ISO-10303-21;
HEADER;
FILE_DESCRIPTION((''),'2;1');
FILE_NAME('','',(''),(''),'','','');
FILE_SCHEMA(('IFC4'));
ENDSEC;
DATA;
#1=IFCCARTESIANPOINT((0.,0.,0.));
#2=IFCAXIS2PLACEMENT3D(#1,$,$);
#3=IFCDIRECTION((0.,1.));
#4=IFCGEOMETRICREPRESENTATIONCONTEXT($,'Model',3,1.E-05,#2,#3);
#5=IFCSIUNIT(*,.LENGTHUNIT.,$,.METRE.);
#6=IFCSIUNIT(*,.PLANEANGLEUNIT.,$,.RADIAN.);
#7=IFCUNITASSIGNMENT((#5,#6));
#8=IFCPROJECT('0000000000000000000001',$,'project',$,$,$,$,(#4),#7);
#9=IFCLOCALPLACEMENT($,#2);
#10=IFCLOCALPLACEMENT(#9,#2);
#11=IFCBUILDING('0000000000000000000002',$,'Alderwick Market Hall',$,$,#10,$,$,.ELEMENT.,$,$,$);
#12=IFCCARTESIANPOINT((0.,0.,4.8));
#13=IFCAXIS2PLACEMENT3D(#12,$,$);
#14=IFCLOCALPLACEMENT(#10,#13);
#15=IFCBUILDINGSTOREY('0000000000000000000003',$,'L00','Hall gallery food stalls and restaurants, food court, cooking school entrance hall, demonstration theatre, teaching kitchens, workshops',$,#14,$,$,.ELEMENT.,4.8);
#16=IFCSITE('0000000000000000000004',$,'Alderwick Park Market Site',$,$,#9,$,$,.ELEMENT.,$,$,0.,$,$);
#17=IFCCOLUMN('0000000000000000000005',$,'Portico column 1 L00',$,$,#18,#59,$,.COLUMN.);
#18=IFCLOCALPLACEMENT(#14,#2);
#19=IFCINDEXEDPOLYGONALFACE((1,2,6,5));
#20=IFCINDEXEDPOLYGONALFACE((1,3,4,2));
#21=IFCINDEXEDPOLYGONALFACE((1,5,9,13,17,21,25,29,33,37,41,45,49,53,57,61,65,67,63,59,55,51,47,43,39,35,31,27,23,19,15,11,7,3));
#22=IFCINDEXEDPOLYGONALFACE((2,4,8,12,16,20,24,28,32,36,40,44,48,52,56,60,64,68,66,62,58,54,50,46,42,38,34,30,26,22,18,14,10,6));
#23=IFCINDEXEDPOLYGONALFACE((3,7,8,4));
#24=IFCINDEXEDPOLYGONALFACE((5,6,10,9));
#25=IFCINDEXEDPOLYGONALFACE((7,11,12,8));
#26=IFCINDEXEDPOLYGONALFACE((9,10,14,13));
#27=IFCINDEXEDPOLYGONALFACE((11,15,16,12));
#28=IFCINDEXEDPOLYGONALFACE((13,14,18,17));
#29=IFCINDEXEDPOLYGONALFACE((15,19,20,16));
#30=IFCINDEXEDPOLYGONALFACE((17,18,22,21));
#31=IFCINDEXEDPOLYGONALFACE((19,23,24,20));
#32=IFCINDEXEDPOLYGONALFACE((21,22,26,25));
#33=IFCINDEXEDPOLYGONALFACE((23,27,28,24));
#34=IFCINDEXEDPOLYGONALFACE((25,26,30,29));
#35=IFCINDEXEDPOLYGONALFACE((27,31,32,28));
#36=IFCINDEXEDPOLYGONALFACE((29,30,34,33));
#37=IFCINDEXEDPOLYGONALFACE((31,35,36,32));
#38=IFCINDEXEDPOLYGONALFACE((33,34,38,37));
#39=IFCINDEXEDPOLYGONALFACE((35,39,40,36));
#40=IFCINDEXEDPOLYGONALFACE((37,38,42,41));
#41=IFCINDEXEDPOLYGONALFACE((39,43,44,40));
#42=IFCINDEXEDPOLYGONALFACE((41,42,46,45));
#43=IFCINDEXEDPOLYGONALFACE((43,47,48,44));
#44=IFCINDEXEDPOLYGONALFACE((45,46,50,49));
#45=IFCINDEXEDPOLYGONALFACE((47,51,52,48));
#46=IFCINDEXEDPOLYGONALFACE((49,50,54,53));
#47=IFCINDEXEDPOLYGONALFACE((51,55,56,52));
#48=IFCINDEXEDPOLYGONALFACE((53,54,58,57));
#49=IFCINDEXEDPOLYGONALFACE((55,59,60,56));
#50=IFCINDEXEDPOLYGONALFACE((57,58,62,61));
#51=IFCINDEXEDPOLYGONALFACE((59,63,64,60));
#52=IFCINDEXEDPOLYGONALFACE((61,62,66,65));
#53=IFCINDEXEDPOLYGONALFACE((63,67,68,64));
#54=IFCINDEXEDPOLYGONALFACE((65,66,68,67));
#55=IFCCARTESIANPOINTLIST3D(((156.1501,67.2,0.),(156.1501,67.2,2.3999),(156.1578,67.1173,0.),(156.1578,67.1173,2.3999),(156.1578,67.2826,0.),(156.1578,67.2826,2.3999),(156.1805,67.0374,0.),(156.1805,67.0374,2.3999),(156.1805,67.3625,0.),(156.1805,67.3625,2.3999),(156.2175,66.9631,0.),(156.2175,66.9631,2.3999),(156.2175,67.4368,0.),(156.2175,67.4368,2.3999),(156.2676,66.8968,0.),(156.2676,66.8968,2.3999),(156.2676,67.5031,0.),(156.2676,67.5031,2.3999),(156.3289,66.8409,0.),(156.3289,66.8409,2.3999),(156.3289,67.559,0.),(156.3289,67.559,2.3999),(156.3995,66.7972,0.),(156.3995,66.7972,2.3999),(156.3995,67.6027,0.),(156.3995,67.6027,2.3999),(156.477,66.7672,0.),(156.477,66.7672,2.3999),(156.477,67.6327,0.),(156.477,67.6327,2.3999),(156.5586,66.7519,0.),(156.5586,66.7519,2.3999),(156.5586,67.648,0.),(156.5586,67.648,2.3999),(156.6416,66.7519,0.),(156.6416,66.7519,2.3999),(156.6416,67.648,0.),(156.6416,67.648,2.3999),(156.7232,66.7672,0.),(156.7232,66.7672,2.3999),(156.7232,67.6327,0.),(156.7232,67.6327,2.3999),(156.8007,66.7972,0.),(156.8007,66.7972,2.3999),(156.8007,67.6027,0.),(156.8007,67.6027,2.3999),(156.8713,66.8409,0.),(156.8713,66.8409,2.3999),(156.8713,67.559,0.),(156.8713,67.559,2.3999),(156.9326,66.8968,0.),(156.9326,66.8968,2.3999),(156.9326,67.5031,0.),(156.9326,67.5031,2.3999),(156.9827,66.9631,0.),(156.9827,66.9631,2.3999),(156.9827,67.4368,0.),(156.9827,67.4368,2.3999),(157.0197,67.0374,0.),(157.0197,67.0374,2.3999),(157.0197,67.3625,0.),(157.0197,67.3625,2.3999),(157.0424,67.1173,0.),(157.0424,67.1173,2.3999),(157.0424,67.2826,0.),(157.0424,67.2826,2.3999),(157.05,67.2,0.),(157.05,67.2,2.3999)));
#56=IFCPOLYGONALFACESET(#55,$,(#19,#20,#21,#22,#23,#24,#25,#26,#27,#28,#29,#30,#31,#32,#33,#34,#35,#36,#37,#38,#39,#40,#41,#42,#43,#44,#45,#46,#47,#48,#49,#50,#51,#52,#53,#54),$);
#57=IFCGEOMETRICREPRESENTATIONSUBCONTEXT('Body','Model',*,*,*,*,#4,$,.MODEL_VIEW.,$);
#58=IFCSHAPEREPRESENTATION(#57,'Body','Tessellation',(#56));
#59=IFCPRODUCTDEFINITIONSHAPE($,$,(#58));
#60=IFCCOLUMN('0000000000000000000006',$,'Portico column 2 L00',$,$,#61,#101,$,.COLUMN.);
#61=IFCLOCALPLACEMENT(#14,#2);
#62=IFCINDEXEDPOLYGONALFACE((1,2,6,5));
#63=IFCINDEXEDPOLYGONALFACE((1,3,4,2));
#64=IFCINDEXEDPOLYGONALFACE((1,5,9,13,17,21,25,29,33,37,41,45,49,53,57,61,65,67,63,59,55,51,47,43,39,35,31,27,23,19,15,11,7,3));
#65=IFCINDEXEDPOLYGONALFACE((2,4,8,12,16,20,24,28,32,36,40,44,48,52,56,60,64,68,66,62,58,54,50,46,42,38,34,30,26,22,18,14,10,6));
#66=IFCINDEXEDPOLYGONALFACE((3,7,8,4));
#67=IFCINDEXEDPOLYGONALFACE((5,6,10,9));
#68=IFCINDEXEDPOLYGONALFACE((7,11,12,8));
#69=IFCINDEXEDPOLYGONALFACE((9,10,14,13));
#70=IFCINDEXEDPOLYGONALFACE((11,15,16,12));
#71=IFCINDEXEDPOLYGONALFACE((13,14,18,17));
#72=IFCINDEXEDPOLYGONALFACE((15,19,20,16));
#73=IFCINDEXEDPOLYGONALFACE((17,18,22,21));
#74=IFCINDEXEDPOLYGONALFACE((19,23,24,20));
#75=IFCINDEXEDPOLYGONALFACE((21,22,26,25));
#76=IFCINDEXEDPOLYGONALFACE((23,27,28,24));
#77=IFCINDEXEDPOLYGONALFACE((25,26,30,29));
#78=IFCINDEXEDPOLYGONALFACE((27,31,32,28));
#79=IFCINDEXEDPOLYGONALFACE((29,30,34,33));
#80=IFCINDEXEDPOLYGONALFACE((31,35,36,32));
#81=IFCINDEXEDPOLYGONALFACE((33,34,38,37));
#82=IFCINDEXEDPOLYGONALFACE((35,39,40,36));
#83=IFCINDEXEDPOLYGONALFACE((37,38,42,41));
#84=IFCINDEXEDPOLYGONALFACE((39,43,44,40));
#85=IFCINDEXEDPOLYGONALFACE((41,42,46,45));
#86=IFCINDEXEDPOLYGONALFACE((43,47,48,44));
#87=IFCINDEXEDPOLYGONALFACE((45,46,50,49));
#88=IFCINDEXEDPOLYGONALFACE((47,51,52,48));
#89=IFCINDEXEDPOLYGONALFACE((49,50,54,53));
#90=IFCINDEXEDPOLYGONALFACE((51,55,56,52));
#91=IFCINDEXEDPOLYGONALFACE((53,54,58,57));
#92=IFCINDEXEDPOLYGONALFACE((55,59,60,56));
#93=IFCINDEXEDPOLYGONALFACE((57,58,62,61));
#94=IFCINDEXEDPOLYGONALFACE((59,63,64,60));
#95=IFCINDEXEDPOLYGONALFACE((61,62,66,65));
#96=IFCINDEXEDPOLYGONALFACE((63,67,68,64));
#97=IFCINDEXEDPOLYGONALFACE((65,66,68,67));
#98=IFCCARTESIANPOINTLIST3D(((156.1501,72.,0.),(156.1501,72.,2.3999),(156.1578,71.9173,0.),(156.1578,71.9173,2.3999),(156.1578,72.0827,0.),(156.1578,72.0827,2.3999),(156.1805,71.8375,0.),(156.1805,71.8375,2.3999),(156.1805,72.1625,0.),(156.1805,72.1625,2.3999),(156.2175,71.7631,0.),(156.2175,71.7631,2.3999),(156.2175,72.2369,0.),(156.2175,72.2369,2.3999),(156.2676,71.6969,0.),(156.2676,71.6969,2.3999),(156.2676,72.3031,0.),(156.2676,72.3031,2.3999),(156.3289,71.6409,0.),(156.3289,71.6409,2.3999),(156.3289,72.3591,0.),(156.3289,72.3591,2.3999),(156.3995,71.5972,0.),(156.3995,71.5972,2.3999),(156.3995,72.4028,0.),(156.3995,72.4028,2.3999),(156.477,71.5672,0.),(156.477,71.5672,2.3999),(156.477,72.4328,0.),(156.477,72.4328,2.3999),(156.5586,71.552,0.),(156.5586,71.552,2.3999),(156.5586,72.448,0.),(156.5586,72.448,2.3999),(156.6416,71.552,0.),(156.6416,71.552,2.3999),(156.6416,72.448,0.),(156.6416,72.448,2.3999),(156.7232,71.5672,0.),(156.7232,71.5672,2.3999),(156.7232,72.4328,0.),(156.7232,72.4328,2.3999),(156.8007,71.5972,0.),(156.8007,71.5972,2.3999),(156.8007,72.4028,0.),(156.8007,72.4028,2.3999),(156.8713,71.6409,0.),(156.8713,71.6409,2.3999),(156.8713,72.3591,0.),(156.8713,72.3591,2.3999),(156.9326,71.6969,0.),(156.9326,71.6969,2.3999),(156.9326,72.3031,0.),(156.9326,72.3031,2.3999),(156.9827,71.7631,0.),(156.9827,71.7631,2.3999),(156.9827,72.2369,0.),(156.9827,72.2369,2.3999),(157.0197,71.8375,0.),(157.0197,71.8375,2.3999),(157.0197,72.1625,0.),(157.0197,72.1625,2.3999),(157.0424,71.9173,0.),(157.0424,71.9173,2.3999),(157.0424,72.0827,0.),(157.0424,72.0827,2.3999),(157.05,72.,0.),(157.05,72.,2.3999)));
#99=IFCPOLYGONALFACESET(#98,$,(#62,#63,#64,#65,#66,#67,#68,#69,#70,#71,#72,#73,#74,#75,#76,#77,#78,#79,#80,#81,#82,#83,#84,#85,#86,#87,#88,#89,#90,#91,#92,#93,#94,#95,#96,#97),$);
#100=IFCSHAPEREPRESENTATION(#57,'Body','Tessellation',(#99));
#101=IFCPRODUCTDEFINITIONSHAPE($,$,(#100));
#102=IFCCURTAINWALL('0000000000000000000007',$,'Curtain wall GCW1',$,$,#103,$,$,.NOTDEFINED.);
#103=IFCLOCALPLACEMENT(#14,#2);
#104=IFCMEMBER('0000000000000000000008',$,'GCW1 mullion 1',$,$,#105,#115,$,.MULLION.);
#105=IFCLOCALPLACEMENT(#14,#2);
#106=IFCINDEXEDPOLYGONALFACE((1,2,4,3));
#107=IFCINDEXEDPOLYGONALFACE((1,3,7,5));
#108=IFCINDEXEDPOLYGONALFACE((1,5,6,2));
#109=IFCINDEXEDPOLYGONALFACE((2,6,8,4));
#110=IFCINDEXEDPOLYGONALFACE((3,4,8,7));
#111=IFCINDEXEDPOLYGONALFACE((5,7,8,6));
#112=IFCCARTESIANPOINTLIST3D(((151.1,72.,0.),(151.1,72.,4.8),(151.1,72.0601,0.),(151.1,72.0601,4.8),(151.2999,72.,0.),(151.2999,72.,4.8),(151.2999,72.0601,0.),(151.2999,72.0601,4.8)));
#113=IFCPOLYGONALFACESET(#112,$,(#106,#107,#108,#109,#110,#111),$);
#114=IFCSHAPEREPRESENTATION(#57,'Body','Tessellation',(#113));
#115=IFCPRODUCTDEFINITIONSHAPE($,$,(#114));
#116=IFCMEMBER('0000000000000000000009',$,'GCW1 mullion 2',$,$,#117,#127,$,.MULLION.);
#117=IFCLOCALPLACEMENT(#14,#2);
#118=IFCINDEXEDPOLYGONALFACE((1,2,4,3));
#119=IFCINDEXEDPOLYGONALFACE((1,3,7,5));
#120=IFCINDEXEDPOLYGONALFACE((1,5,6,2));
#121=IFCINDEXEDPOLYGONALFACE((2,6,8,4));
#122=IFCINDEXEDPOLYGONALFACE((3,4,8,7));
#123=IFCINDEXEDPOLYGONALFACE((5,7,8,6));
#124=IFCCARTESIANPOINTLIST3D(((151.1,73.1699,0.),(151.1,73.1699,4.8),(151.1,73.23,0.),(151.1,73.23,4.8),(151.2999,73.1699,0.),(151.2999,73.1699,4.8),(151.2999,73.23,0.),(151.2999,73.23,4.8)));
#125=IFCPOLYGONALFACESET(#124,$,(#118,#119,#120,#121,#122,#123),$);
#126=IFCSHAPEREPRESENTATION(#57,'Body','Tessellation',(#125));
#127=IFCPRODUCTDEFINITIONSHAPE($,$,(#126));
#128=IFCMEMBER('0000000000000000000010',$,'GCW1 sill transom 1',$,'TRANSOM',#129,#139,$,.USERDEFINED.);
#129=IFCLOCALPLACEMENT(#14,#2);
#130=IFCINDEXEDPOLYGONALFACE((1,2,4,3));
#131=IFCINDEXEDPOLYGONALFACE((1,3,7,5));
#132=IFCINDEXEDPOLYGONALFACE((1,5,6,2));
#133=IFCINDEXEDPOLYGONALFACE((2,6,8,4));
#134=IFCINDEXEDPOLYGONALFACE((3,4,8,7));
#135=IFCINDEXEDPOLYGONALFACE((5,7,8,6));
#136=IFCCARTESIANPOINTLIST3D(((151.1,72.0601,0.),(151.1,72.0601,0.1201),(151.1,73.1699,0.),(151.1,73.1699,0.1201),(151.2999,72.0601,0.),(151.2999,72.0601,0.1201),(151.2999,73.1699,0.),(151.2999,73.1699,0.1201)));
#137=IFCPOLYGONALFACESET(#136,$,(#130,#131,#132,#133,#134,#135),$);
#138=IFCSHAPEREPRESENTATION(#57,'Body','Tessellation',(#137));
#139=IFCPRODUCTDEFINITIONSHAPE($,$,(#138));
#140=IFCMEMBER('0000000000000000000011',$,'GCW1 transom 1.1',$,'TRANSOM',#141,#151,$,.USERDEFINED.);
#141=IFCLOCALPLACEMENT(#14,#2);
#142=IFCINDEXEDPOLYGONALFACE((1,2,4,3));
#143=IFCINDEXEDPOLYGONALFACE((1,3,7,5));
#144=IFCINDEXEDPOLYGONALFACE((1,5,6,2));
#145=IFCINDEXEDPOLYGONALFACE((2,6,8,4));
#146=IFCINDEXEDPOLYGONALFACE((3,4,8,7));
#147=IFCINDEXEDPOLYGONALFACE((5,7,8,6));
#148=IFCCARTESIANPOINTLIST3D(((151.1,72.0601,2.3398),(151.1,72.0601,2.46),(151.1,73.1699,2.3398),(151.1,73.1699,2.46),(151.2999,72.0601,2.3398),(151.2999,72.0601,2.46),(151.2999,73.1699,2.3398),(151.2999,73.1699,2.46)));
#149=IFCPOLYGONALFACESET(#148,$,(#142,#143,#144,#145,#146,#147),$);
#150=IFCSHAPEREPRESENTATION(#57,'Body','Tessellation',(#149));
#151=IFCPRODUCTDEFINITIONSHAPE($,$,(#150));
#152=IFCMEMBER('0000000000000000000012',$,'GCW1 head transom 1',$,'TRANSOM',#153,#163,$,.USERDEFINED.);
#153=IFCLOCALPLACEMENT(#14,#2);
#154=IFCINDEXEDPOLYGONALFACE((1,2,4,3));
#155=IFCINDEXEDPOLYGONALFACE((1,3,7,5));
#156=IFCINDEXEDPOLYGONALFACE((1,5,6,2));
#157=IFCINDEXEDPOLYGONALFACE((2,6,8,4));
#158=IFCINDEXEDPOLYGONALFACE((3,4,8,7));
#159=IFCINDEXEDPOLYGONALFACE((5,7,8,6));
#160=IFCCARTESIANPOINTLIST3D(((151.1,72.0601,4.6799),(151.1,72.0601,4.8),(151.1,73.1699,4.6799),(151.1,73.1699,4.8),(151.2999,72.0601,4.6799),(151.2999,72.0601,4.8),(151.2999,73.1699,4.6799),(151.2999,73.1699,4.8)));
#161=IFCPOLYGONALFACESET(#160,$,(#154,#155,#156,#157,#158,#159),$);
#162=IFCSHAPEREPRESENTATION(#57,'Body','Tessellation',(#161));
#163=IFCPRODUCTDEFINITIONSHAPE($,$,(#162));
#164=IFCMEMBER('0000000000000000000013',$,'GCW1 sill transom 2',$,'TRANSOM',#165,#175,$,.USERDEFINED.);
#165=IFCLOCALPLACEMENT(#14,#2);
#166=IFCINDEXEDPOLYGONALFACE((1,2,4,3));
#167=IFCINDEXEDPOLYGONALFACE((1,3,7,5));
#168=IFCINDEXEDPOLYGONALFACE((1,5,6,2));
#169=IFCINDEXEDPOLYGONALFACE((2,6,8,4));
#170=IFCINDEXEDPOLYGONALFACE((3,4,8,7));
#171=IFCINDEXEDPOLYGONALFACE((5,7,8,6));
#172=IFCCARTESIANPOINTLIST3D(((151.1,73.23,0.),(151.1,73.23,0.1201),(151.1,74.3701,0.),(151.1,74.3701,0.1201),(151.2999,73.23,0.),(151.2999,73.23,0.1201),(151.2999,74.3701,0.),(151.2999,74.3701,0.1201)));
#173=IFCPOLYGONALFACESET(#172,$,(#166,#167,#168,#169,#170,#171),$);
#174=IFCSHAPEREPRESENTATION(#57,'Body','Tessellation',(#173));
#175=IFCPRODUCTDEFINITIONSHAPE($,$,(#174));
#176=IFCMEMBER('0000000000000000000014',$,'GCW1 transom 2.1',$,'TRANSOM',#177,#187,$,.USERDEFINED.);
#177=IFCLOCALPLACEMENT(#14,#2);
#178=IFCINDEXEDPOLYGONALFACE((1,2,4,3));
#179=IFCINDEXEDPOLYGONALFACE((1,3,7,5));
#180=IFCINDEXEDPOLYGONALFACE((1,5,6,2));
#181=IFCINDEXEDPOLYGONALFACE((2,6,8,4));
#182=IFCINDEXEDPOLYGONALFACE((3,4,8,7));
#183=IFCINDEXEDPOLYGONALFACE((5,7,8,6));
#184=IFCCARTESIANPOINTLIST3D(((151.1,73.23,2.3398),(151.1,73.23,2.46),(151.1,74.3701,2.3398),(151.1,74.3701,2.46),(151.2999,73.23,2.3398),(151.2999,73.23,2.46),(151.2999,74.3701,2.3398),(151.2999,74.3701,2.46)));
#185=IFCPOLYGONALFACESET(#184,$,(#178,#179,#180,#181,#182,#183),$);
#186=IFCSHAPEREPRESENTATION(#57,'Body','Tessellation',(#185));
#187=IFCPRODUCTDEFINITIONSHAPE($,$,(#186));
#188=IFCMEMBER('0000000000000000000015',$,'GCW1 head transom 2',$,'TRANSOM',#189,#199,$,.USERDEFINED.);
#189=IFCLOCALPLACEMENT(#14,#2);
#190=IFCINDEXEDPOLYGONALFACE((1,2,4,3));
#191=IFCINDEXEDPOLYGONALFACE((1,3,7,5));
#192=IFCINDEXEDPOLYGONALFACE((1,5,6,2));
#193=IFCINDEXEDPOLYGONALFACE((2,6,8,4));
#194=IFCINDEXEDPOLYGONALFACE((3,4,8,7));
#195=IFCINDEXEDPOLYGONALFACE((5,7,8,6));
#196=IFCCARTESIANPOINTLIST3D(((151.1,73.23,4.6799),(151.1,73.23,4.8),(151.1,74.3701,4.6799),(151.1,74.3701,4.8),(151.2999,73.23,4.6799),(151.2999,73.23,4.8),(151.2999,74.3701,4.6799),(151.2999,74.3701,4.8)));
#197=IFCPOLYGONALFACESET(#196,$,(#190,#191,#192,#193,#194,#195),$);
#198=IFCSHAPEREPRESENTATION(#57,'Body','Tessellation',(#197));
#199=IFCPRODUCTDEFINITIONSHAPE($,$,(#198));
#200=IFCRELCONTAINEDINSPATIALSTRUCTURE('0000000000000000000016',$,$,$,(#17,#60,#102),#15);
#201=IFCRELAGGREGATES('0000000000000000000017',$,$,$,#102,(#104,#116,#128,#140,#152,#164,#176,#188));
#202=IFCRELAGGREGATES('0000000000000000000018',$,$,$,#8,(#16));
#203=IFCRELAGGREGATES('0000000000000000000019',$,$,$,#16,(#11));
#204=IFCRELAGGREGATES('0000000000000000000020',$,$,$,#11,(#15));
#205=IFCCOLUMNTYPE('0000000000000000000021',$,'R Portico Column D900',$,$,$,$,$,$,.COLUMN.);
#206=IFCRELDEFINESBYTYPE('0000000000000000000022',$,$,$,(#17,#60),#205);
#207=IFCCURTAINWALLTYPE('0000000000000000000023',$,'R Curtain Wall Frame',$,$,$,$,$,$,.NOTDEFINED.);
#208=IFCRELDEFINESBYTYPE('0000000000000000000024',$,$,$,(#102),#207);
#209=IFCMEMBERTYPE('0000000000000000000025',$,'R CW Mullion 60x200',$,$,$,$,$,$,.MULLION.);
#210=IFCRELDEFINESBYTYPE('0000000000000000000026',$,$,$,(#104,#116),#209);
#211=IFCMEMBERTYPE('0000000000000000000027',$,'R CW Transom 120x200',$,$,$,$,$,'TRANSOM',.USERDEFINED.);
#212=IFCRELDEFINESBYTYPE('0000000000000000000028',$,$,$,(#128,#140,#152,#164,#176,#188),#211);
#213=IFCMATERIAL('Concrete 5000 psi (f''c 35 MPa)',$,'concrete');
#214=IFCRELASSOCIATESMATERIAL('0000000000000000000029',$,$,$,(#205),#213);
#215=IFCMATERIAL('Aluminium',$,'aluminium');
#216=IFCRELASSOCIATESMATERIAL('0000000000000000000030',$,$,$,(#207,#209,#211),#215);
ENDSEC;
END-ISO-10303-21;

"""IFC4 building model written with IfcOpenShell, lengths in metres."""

from ifc_helpers import new_model, si_unit, direction, frame, origin, origin_2d, place, context, subcontext, project, spatial, rectangle, circle, extrude, material, material_profile, profile_set, type_object, element, aggregate, save


model = new_model("IFC4")

# Units and contexts
model_context = context("Model", 3, precision=1e-05, world=origin(), true_north=direction((0.0, 1.0)))
body_context = subcontext(model_context, "Body", "Model", "MODEL_VIEW")
ifc_project = project(units=[si_unit("LENGTHUNIT", "METRE"), si_unit("PLANEANGLEUNIT", "RADIAN")], contexts=[model_context])

# Site, building, storey
site_placement = place(None, origin())
site = spatial("IfcSite", under=ifc_project, at=site_placement, Name="Alderwick Park Market Site", CompositionType="ELEMENT", RefElevation=0.0)
building_placement = place(site_placement, origin())
building = spatial("IfcBuilding", under=site, at=building_placement, Name="Alderwick Market Hall", CompositionType="ELEMENT")
storey_placement = place(building_placement, frame((0.0, 0.0, 4.8)))
storey = spatial("IfcBuildingStorey", under=building, at=storey_placement, Name="L00", Description="Hall gallery food stalls and restaurants, food court, cooking school entrance hall, demonstration theatre, teaching kitchens, workshops", CompositionType="ELEMENT", Elevation=4.8)

# Columns
ifc_material_1 = material(Name="Concrete 5000 psi (f'c 35 MPa)", Category="concrete")
ifc_material_profile_1 = material_profile(ifc_material_1, circle(Radius=0.45, at=origin_2d()), Name="RC D900")
ifc_profile_set_1 = profile_set([ifc_material_profile_1], Name="Concrete 5000 psi (f'c 35 MPa)")
column_type = type_object("IfcColumnType", Name="R Portico Column D900", PredefinedType="COLUMN", material=ifc_profile_set_1)
for number, where, z_axis, x_axis, name in (
    (1, (156.6001, 67.2, 0.0), (0.0, 0.0, 1.0), (1.0, 0.0, 0.0), "Portico column 1 L00"),
    (2, (156.6001, 72.0, 0.0), (0.0, 0.0, 1.0), (1.0, 0.0, 0.0), "Portico column 2 L00"),
):
    element("IfcColumn", number, at=place(storey_placement, frame(where, z_axis=z_axis, x_axis=x_axis)), inside=storey, type_object=column_type, Name=name, PredefinedType="COLUMN", context=body_context, shape_type="SweptSolid", body=[
        extrude(circle(Radius=0.45, at=origin_2d()), origin(), (0.0, 0.0, 1.0), 2.3999),
    ])

# Curtain wall, members
ifc_material_2 = material(Name="Aluminium", Category="aluminium")
curtain_wall_type = type_object("IfcCurtainWallType", Name="R Curtain Wall Frame", PredefinedType="NOTDEFINED", material=ifc_material_2)
curtain_wall_placement = place(storey_placement, origin())
curtain_wall = element("IfcCurtainWall", 3, at=curtain_wall_placement, inside=storey, type_object=curtain_wall_type, Name="Curtain wall GCW1", PredefinedType="NOTDEFINED")
ifc_material_profile_2 = material_profile(ifc_material_2, rectangle(XDim=0.2, YDim=0.0601, at=origin_2d()), Name="AL 60x200")
ifc_profile_set_2 = profile_set([ifc_material_profile_2], Name="Aluminium")
member_type_1 = type_object("IfcMemberType", Name="R CW Mullion 60x200", PredefinedType="MULLION", material=ifc_profile_set_2)
member_1_placement = place(storey_placement, frame((151.2, 72.03, 0.0), z_axis=(0.0, 0.0, 1.0), x_axis=(1.0, 0.0, 0.0)))
member_1 = element("IfcMember", 4, at=member_1_placement, type_object=member_type_1, Name="GCW1 mullion 1", PredefinedType="MULLION", context=body_context, shape_type="SweptSolid", body=[
    extrude(rectangle(XDim=0.2, YDim=0.0601, at=origin_2d()), origin(), (0.0, 0.0, 1.0), 4.8),
])
member_2_placement = place(storey_placement, frame((151.2, 73.2, 0.0), z_axis=(0.0, 0.0, 1.0), x_axis=(1.0, 0.0, 0.0)))
member_2 = element("IfcMember", 5, at=member_2_placement, type_object=member_type_1, Name="GCW1 mullion 2", PredefinedType="MULLION", context=body_context, shape_type="SweptSolid", body=[
    extrude(rectangle(XDim=0.2, YDim=0.0601, at=origin_2d()), origin(), (0.0, 0.0, 1.0), 4.8),
])
ifc_material_profile_3 = material_profile(ifc_material_2, rectangle(XDim=0.2, YDim=0.1201, at=origin_2d()), Name="AL 120x200")
ifc_profile_set_3 = profile_set([ifc_material_profile_3], Name="Aluminium")
member_type_2 = type_object("IfcMemberType", Name="R CW Transom 120x200", ElementType="TRANSOM", PredefinedType="USERDEFINED", material=ifc_profile_set_3)
member_3_placement = place(storey_placement, frame((151.2, 72.0601, 0.0601), z_axis=(0.0, 1.0, 0.0), x_axis=(-1.0, 0.0, 0.0)))
member_3 = element("IfcMember", 6, at=member_3_placement, type_object=member_type_2, Name="GCW1 sill transom 1", ObjectType="TRANSOM", PredefinedType="USERDEFINED", context=body_context, shape_type="SweptSolid", body=[
    extrude(rectangle(XDim=0.2, YDim=0.1201, at=origin_2d()), origin(), (0.0, 0.0, 1.0), 1.1099),
])
member_4_placement = place(storey_placement, frame((151.2, 72.0601, 2.3999), z_axis=(0.0, 1.0, 0.0), x_axis=(-1.0, 0.0, 0.0)))
member_4 = element("IfcMember", 7, at=member_4_placement, type_object=member_type_2, Name="GCW1 transom 1.1", ObjectType="TRANSOM", PredefinedType="USERDEFINED", context=body_context, shape_type="SweptSolid", body=[
    extrude(rectangle(XDim=0.2, YDim=0.1201, at=origin_2d()), origin(), (0.0, 0.0, 1.0), 1.1099),
])
member_5_placement = place(storey_placement, frame((151.2, 72.0601, 4.74), z_axis=(0.0, 1.0, 0.0), x_axis=(-1.0, 0.0, 0.0)))
member_5 = element("IfcMember", 8, at=member_5_placement, type_object=member_type_2, Name="GCW1 head transom 1", ObjectType="TRANSOM", PredefinedType="USERDEFINED", context=body_context, shape_type="SweptSolid", body=[
    extrude(rectangle(XDim=0.2, YDim=0.1201, at=origin_2d()), origin(), (0.0, 0.0, 1.0), 1.1099),
])
member_6_placement = place(storey_placement, frame((151.2, 73.23, 0.0601), z_axis=(0.0, 1.0, 0.0), x_axis=(-1.0, 0.0, 0.0)))
member_6 = element("IfcMember", 9, at=member_6_placement, type_object=member_type_2, Name="GCW1 sill transom 2", ObjectType="TRANSOM", PredefinedType="USERDEFINED", context=body_context, shape_type="SweptSolid", body=[
    extrude(rectangle(XDim=0.2, YDim=0.1201, at=origin_2d()), origin(), (0.0, 0.0, 1.0), 1.1401),
])
member_7_placement = place(storey_placement, frame((151.2, 73.23, 2.3999), z_axis=(0.0, 1.0, 0.0), x_axis=(-1.0, 0.0, 0.0)))
member_7 = element("IfcMember", 10, at=member_7_placement, type_object=member_type_2, Name="GCW1 transom 2.1", ObjectType="TRANSOM", PredefinedType="USERDEFINED", context=body_context, shape_type="SweptSolid", body=[
    extrude(rectangle(XDim=0.2, YDim=0.1201, at=origin_2d()), origin(), (0.0, 0.0, 1.0), 1.1401),
])
member_8_placement = place(storey_placement, frame((151.2, 73.23, 4.74), z_axis=(0.0, 1.0, 0.0), x_axis=(-1.0, 0.0, 0.0)))
member_8 = element("IfcMember", 11, at=member_8_placement, type_object=member_type_2, Name="GCW1 head transom 2", ObjectType="TRANSOM", PredefinedType="USERDEFINED", context=body_context, shape_type="SweptSolid", body=[
    extrude(rectangle(XDim=0.2, YDim=0.1201, at=origin_2d()), origin(), (0.0, 0.0, 1.0), 1.1401),
])

aggregate(curtain_wall, [member_1, member_2, member_3, member_4, member_5, member_6, member_7, member_8])

save(model, "model.ifc")
